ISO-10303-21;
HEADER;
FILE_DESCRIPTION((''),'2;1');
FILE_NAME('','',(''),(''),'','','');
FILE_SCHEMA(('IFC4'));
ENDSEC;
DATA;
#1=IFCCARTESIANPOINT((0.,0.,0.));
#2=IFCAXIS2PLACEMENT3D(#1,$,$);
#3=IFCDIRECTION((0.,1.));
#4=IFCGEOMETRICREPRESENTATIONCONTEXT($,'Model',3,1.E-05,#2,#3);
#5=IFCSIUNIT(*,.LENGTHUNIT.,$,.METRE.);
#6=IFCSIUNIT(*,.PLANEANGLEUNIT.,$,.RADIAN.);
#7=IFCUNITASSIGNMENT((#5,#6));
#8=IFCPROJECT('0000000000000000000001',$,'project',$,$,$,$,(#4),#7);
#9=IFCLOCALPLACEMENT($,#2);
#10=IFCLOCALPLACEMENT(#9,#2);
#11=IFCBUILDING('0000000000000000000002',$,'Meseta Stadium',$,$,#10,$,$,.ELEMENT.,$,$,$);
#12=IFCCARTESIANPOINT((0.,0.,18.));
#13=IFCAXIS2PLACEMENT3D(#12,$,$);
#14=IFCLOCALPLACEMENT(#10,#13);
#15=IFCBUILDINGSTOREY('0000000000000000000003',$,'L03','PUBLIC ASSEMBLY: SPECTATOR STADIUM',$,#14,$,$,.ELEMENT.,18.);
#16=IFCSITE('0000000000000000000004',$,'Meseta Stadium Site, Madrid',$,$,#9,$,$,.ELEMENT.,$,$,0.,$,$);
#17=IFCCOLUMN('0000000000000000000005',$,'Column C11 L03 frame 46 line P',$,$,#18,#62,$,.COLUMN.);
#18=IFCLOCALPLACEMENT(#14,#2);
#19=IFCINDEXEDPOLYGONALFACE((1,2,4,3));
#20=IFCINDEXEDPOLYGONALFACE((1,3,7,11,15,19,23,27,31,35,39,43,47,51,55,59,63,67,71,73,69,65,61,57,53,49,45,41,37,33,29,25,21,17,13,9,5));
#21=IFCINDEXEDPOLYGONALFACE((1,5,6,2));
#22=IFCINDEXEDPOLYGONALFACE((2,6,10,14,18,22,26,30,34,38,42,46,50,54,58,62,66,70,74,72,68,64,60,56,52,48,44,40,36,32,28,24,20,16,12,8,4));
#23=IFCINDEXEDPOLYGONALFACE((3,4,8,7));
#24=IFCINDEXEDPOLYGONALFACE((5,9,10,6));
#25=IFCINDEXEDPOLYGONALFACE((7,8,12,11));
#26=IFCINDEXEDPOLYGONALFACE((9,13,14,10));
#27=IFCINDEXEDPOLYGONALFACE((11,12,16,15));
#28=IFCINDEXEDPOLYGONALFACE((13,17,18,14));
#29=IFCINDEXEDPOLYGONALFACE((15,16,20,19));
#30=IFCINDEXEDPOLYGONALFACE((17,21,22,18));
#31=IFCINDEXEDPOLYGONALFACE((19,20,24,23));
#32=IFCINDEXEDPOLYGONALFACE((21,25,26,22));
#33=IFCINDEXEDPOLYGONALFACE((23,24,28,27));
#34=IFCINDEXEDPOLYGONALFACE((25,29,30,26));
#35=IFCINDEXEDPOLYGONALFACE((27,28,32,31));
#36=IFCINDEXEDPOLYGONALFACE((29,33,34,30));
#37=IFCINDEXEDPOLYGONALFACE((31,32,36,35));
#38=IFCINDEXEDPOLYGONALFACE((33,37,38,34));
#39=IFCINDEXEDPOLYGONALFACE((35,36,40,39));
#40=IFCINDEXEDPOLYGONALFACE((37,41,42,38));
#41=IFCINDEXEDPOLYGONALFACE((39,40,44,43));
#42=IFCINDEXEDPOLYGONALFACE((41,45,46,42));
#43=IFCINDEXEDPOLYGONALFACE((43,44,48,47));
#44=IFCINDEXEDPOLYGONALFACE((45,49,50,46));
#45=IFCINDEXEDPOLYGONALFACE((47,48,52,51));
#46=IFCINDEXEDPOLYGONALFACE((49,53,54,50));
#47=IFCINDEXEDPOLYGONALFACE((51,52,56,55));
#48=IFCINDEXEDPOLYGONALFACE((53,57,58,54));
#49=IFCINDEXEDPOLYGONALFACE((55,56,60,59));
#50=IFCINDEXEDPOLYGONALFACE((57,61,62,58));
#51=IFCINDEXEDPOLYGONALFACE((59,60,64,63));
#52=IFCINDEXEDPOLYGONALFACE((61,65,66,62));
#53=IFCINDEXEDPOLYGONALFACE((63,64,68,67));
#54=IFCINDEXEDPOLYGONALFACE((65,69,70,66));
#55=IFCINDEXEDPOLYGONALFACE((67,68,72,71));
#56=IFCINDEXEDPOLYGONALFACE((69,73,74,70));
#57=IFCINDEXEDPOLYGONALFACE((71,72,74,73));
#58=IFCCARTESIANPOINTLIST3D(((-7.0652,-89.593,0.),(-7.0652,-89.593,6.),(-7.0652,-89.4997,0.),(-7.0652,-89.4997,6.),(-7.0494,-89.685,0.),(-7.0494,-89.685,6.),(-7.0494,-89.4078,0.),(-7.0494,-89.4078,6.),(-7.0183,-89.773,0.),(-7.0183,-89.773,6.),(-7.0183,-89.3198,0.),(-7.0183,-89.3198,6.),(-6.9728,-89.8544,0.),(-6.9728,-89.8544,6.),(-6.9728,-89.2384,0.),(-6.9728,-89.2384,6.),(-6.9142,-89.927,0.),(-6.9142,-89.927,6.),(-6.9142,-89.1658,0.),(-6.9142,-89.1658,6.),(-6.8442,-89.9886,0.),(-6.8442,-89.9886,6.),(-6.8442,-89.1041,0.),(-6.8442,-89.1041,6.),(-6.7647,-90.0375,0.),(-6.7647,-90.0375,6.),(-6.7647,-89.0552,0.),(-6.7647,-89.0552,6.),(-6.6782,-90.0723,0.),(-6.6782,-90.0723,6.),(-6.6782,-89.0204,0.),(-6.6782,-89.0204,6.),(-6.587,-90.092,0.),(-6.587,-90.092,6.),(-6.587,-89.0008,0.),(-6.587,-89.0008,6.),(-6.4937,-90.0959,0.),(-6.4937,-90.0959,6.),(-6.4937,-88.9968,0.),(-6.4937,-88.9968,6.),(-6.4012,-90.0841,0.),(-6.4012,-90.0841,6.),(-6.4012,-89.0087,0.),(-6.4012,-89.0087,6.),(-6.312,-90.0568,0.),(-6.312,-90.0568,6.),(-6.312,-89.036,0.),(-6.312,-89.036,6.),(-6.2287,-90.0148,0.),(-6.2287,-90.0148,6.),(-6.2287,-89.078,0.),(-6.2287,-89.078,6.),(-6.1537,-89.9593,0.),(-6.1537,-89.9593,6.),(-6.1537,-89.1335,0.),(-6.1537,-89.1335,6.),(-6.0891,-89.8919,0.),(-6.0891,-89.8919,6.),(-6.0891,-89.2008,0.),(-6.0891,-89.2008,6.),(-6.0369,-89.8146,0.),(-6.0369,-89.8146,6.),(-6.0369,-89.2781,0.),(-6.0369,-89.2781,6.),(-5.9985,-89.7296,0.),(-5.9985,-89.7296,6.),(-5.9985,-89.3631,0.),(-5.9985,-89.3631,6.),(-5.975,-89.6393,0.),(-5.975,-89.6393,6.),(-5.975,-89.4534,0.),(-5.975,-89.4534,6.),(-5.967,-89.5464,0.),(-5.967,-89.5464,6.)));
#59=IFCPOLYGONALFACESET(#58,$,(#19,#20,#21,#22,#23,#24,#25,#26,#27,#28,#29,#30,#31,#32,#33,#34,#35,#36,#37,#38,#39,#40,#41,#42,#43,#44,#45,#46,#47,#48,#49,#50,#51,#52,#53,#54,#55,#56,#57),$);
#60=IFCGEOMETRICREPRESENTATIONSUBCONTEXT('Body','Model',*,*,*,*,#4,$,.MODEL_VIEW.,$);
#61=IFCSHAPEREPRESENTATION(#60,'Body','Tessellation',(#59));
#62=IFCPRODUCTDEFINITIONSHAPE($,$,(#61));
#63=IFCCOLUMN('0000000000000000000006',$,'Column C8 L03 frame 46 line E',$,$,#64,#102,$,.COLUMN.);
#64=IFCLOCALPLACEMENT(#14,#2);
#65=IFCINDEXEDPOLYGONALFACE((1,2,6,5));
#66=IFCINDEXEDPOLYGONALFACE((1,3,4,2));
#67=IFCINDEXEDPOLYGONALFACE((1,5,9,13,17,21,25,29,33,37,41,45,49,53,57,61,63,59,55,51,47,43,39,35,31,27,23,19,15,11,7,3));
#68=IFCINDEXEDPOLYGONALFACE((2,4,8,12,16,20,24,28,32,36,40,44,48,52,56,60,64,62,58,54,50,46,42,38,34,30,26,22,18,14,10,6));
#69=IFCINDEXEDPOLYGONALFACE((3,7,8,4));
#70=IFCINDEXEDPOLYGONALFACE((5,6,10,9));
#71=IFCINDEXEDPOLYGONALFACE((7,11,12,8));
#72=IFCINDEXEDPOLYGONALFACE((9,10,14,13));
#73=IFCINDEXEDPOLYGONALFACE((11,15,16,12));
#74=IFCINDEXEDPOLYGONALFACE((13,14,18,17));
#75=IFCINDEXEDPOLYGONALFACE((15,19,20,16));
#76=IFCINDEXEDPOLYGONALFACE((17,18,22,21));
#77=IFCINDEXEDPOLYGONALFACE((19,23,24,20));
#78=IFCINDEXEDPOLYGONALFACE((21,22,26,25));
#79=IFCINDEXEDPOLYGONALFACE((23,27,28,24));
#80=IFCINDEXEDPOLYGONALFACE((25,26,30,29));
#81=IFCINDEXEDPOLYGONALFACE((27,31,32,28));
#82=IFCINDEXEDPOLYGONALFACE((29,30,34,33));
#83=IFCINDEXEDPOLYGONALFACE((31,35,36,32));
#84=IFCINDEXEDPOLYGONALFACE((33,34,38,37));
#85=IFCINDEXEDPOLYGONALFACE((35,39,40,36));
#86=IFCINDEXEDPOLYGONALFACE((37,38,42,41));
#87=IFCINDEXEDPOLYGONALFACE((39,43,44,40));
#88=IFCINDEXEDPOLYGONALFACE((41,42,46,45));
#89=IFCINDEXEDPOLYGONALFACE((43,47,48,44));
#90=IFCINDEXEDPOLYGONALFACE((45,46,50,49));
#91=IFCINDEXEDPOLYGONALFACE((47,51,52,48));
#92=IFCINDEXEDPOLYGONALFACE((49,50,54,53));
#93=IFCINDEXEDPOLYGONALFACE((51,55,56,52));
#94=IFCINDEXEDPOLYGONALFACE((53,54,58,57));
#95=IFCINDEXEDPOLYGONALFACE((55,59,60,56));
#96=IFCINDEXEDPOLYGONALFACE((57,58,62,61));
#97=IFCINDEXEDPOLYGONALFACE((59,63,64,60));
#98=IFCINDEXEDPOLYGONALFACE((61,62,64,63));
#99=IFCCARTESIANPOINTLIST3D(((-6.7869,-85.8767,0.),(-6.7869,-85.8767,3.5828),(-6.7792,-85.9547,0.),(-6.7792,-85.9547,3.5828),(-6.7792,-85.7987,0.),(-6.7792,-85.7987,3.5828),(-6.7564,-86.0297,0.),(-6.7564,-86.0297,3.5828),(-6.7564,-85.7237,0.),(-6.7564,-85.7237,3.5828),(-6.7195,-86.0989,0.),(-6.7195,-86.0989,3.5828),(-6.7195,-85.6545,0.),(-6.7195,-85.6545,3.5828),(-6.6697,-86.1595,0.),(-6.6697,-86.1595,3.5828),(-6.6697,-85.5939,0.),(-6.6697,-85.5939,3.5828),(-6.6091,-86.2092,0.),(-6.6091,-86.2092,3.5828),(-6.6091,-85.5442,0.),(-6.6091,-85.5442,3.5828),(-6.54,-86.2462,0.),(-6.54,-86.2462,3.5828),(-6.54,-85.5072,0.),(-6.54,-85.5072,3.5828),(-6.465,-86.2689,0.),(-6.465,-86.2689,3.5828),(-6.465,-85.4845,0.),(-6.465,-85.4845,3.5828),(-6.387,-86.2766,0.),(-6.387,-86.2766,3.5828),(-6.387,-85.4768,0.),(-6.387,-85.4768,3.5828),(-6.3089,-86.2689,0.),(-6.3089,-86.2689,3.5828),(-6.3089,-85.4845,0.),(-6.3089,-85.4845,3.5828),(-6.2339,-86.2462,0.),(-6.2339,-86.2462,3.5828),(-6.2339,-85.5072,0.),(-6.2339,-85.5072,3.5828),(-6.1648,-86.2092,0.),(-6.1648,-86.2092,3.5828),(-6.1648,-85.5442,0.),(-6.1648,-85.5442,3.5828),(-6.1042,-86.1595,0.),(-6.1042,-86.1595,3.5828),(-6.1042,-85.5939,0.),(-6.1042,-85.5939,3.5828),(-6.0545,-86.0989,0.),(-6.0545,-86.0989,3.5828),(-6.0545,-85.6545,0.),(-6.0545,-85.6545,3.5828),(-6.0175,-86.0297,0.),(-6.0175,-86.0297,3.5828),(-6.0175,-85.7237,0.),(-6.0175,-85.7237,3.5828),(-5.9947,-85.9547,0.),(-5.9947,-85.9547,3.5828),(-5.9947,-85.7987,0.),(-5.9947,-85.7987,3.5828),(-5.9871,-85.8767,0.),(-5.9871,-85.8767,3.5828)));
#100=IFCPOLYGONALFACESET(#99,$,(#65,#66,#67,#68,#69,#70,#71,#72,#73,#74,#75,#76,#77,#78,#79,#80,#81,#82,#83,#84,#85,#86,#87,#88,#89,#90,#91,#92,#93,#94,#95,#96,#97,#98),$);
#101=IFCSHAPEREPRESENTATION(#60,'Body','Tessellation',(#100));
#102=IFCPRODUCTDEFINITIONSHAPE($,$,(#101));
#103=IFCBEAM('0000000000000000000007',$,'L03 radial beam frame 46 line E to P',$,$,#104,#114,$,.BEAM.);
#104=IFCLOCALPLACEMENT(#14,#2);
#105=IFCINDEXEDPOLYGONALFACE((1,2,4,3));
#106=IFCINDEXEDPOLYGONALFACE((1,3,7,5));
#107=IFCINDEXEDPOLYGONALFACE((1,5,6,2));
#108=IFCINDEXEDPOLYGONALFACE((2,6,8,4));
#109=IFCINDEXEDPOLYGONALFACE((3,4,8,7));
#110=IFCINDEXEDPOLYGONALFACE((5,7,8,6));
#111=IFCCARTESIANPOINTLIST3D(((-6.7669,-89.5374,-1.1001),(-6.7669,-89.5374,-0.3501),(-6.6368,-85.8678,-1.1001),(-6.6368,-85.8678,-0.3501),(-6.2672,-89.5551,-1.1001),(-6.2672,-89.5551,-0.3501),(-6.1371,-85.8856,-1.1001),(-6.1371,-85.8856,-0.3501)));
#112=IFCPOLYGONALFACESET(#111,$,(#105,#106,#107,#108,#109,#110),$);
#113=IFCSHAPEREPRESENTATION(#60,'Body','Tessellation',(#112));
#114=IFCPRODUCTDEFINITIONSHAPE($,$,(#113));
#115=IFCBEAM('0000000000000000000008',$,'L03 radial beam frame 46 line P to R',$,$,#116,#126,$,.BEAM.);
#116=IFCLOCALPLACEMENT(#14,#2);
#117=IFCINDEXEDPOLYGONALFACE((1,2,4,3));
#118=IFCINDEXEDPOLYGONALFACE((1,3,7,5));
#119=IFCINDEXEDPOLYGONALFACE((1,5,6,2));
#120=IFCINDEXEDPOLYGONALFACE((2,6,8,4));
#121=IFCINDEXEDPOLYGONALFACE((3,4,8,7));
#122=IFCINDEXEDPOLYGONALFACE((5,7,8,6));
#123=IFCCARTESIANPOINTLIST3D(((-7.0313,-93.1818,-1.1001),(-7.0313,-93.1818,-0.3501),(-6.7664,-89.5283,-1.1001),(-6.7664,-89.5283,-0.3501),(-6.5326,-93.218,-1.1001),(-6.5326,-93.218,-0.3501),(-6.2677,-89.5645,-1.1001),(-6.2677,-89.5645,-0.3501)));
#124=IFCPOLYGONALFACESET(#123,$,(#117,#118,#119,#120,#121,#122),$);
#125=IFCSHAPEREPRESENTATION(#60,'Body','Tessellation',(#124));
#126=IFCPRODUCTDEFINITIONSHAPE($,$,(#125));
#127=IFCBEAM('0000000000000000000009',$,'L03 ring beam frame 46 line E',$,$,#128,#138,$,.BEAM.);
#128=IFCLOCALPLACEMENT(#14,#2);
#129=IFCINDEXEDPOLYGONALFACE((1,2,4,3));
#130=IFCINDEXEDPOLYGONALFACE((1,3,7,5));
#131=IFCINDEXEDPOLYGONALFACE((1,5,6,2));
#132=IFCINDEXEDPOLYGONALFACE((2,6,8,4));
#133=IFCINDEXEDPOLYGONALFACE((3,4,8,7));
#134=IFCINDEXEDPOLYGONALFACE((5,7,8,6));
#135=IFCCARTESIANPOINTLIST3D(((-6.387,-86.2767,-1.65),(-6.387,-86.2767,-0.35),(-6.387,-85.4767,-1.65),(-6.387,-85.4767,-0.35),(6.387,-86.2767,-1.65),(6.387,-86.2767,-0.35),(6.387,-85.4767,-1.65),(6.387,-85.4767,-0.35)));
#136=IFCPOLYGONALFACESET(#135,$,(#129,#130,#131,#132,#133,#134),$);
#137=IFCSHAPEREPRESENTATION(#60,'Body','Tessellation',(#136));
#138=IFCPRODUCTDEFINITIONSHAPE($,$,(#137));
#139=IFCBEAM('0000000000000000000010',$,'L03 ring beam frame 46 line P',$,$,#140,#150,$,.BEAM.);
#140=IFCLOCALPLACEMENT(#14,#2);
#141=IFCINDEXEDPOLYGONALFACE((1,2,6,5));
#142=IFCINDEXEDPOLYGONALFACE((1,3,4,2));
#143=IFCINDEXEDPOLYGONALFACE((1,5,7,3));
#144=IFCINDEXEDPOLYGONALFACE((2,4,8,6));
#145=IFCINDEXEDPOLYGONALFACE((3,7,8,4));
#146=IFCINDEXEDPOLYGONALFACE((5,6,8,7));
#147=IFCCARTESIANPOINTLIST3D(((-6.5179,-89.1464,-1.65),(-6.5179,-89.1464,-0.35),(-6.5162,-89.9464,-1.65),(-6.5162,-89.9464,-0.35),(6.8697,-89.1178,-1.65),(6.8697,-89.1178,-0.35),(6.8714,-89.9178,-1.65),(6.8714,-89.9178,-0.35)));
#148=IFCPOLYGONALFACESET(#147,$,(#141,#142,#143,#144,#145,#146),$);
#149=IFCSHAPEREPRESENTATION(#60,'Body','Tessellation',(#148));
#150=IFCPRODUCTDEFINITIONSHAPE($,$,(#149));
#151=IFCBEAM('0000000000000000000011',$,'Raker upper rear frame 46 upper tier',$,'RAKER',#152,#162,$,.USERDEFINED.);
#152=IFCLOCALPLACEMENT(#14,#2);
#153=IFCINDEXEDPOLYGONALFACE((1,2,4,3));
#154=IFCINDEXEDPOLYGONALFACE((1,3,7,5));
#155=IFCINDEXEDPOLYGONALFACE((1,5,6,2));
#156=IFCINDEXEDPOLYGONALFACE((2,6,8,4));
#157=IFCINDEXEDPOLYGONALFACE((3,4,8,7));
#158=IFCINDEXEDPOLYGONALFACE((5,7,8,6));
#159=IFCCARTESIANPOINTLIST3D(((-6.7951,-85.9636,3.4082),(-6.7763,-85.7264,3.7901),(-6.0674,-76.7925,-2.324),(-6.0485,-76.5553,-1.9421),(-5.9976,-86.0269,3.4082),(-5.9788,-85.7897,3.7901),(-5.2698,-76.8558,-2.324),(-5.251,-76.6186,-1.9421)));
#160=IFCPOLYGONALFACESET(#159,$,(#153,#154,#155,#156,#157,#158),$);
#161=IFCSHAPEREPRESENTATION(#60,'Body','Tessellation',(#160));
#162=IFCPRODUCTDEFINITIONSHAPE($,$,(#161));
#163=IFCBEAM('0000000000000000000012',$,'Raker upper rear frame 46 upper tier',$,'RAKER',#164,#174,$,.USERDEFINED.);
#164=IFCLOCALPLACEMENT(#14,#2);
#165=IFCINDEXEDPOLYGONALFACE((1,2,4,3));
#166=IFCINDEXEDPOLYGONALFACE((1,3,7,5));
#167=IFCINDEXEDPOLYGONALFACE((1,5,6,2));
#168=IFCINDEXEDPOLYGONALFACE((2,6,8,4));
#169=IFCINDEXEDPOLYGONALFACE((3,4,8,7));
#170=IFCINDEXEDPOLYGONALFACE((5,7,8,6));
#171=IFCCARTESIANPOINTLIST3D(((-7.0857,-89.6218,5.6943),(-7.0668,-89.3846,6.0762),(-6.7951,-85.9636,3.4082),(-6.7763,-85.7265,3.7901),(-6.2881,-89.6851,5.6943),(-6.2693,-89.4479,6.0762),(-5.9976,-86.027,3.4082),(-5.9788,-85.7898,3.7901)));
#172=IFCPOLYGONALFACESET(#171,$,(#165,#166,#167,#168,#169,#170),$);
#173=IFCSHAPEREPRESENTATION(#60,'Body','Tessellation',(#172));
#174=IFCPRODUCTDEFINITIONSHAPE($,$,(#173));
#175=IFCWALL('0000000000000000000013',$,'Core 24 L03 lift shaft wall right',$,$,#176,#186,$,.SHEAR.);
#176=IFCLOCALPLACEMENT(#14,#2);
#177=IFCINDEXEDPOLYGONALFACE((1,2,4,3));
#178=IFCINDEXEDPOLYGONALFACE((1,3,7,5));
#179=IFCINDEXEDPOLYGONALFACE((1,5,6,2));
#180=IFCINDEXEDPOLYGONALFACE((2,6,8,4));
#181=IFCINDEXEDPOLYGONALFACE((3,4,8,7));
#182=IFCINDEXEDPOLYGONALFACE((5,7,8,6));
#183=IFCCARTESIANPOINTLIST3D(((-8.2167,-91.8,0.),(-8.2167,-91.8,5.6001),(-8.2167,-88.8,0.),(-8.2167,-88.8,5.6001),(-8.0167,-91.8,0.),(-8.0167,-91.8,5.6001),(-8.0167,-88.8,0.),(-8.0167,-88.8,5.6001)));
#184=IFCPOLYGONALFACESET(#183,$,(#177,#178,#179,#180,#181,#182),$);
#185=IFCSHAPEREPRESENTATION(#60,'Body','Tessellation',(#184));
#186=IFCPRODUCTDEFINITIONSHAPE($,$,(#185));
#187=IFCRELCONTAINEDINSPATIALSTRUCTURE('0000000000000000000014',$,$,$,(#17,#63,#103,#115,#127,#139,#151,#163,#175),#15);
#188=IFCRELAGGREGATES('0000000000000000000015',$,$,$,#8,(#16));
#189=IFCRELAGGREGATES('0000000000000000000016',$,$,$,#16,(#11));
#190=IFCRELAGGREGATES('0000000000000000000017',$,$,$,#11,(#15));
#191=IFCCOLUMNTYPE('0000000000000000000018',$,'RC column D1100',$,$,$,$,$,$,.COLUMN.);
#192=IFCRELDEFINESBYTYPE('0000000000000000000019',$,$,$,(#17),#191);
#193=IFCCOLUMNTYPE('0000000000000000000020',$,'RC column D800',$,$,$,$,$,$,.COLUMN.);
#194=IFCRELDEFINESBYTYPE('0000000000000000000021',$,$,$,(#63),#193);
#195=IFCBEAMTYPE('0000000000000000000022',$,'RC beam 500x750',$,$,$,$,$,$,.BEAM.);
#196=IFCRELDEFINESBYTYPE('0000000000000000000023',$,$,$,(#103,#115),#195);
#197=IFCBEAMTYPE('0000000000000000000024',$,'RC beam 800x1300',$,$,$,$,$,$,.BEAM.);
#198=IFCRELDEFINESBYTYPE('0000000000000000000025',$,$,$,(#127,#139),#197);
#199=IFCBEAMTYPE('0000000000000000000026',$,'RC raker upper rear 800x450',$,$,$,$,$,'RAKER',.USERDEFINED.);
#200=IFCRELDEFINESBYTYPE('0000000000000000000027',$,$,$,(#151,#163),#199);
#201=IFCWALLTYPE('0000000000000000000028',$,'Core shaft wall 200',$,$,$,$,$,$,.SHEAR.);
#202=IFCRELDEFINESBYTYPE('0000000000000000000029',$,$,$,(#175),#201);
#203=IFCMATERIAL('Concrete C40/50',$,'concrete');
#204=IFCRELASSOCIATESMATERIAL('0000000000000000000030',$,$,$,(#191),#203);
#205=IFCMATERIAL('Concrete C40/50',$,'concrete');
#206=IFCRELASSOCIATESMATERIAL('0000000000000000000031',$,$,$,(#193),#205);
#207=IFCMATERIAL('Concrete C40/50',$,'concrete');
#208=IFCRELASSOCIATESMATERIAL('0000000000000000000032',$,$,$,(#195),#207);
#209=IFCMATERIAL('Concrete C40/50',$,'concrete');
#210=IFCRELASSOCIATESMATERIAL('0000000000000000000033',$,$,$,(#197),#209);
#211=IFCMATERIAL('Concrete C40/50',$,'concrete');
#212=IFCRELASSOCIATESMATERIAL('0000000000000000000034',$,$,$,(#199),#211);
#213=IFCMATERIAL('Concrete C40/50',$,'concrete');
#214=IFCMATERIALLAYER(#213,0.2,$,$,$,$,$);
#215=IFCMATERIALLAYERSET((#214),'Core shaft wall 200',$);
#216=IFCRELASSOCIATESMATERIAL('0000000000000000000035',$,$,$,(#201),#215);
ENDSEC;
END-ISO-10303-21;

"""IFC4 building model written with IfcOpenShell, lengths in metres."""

from ifc_helpers import new_model, si_unit, direction, frame, frame_2d, origin, origin_2d, place, context, subcontext, project, spatial, rectangle, circle, extrude, material, layer, layer_set, material_profile, profile_set, type_object, element, save


model = new_model("IFC4")

# Units and contexts
model_context = context("Model", 3, precision=1e-05, world=origin(), true_north=direction((0.0, 1.0)))
body_context = subcontext(model_context, "Body", "Model", "MODEL_VIEW")
ifc_project = project(units=[si_unit("LENGTHUNIT", "METRE"), si_unit("PLANEANGLEUNIT", "RADIAN")], contexts=[model_context])

# Site, building, storey
site_placement = place(None, origin())
site = spatial("IfcSite", under=ifc_project, at=site_placement, Name="Meseta Stadium Site, Madrid", CompositionType="ELEMENT", RefElevation=0.0)
building_placement = place(site_placement, origin())
building = spatial("IfcBuilding", under=site, at=building_placement, Name="Meseta Stadium", CompositionType="ELEMENT")
storey_placement = place(building_placement, frame((0.0, 0.0, 18.0)))
storey = spatial("IfcBuildingStorey", under=building, at=storey_placement, Name="L03", Description="PUBLIC ASSEMBLY: SPECTATOR STADIUM", CompositionType="ELEMENT", Elevation=18.0)

# Columns
ifc_material_1 = material(Name="Concrete C40/50", Category="concrete")
ifc_material_profile_1 = material_profile(ifc_material_1, circle(Radius=0.55, at=origin_2d()), Name="RC D1100")
ifc_profile_set_1 = profile_set([ifc_material_profile_1], Name="Concrete C40/50")
column_type_1 = type_object("IfcColumnType", Name="RC column D1100", PredefinedType="COLUMN", material=ifc_profile_set_1)
column_1_placement = place(storey_placement, frame((-6.5171, -89.5464, 0.0), z_axis=(0.0, 0.0, 1.0), x_axis=(1.0, 0.0, 0.0)))
element("IfcColumn", 1, at=column_1_placement, inside=storey, type_object=column_type_1, Name="Column C11 L03 frame 46 line P", PredefinedType="COLUMN", context=body_context, shape_type="SweptSolid", body=[
    extrude(circle(Radius=0.55, at=origin_2d()), origin(), (0.0, 0.0, 1.0), 6.0),
])
ifc_material_2 = material(Name="Concrete C40/50", Category="concrete")
ifc_material_profile_2 = material_profile(ifc_material_2, circle(Radius=0.3999, at=origin_2d()), Name="RC D800")
ifc_profile_set_2 = profile_set([ifc_material_profile_2], Name="Concrete C40/50")
column_type_2 = type_object("IfcColumnType", Name="RC column D800", PredefinedType="COLUMN", material=ifc_profile_set_2)
column_2_placement = place(storey_placement, frame((-6.387, -85.8767, 0.0), z_axis=(0.0, 0.0, 1.0), x_axis=(1.0, 0.0, 0.0)))
element("IfcColumn", 2, at=column_2_placement, inside=storey, type_object=column_type_2, Name="Column C8 L03 frame 46 line E", PredefinedType="COLUMN", context=body_context, shape_type="SweptSolid", body=[
    extrude(circle(Radius=0.3999, at=origin_2d()), origin(), (0.0, 0.0, 1.0), 3.5828),
])

# Beams
ifc_material_3 = material(Name="Concrete C40/50", Category="concrete")
ifc_material_profile_3 = material_profile(ifc_material_3, rectangle(XDim=0.5, YDim=0.75, at=origin_2d()), Name="RC 500x750")
ifc_profile_set_3 = profile_set([ifc_material_profile_3], Name="Concrete C40/50")
beam_type_1 = type_object("IfcBeamType", Name="RC beam 500x750", PredefinedType="BEAM", material=ifc_profile_set_3)
beam_1_placement = place(storey_placement, frame((-6.387, -85.8767, -0.7251), z_axis=(-0.035438, -0.999372, 0.0), x_axis=(0.999372, -0.035438, 0.0)))
element("IfcBeam", 3, at=beam_1_placement, inside=storey, type_object=beam_type_1, Name="L03 radial beam frame 46 line E to P", PredefinedType="BEAM", context=body_context, shape_type="SweptSolid", body=[
    extrude(rectangle(XDim=0.5, YDim=0.75, at=origin_2d()), origin(), (0.0, 0.0, 1.0), 3.6719),
])
beam_2_placement = place(storey_placement, frame((-6.5171, -89.5464, -0.7251), z_axis=(-0.072313, -0.997382, 0.0), x_axis=(0.997382, -0.072313, 0.0)))
element("IfcBeam", 4, at=beam_2_placement, inside=storey, type_object=beam_type_1, Name="L03 radial beam frame 46 line P to R", PredefinedType="BEAM", context=body_context, shape_type="SweptSolid", body=[
    extrude(rectangle(XDim=0.5, YDim=0.75, at=origin_2d()), origin(), (0.0, 0.0, 1.0), 3.6631),
])
ifc_material_4 = material(Name="Concrete C40/50", Category="concrete")
ifc_material_profile_4 = material_profile(ifc_material_4, rectangle(XDim=0.8, YDim=1.3, at=origin_2d()), Name="RC 800x1300")
ifc_profile_set_4 = profile_set([ifc_material_profile_4], Name="Concrete C40/50")
beam_type_2 = type_object("IfcBeamType", Name="RC beam 800x1300", PredefinedType="BEAM", material=ifc_profile_set_4)
beam_3_placement = place(storey_placement, frame((-6.387, -85.8767, -1.0), z_axis=(1.0, 0.0, 0.0), x_axis=(0.0, 1.0, 0.0)))
element("IfcBeam", 5, at=beam_3_placement, inside=storey, type_object=beam_type_2, Name="L03 ring beam frame 46 line E", PredefinedType="BEAM", context=body_context, shape_type="SweptSolid", body=[
    extrude(rectangle(XDim=0.8, YDim=1.3, at=origin_2d()), origin(), (0.0, 0.0, 1.0), 12.7739),
])
beam_4_placement = place(storey_placement, frame((-6.5171, -89.5464, -1.0), z_axis=(0.999998, 0.002134, 0.0), x_axis=(-0.002134, 0.999998, 0.0)))
element("IfcBeam", 6, at=beam_4_placement, inside=storey, type_object=beam_type_2, Name="L03 ring beam frame 46 line P", PredefinedType="BEAM", context=body_context, shape_type="SweptSolid", body=[
    extrude(rectangle(XDim=0.8, YDim=1.3, at=origin_2d()), origin(), (0.0, 0.0, 1.0), 13.3877),
])
ifc_material_5 = material(Name="Concrete C40/50", Category="concrete")
ifc_material_profile_5 = material_profile(ifc_material_5, rectangle(XDim=0.8, YDim=0.45, at=origin_2d()), Name="RC 800x450")
ifc_profile_set_5 = profile_set([ifc_material_profile_5], Name="Concrete C40/50")
beam_type_3 = type_object("IfcBeamType", Name="RC raker upper rear 800x450", ElementType="RAKER", PredefinedType="USERDEFINED", material=ifc_profile_set_5)
beam_5_placement = place(storey_placement, frame((-5.6592, -76.7056, -2.1331), z_axis=(-0.067141, -0.846076, 0.528817), x_axis=(0.996866, -0.079107, 0.0)))
element("IfcBeam", 7, at=beam_5_placement, inside=storey, type_object=beam_type_3, Name="Raker upper rear frame 46 upper tier", ObjectType="RAKER", PredefinedType="USERDEFINED", context=body_context, shape_type="SweptSolid", body=[
    extrude(rectangle(XDim=0.8, YDim=0.45, at=origin_2d()), origin(), (0.0, 0.0, 1.0), 10.8396),
])
beam_6_placement = place(storey_placement, frame((-6.387, -85.8767, 3.5991), z_axis=(-0.067196, -0.846107, 0.52876), x_axis=(0.996861, -0.079169, 0.0)))
element("IfcBeam", 8, at=beam_6_placement, inside=storey, type_object=beam_type_3, Name="Raker upper rear frame 46 upper tier", ObjectType="RAKER", PredefinedType="USERDEFINED", context=body_context, shape_type="SweptSolid", body=[
    extrude(rectangle(XDim=0.8, YDim=0.45, at=origin_2d()), origin(), (0.0, 0.0, 1.0), 4.3235),
])

# Wall
ifc_material_6 = material(Name="Concrete C40/50", Category="concrete")
ifc_layer_1 = layer(ifc_material_6, 0.2)
ifc_layer_set_1 = layer_set([ifc_layer_1], Name="Core shaft wall 200")
wall_type_1 = type_object("IfcWallType", Name="Core shaft wall 200", PredefinedType="SHEAR", material=ifc_layer_set_1)
wall_1_placement = place(storey_placement, frame((-8.1167, -91.8, 0.0), z_axis=(0.0, 0.0, 1.0), x_axis=(0.0, 1.0, 0.0)))
element("IfcWall", 9, at=wall_1_placement, inside=storey, type_object=wall_type_1, Name="Core 24 L03 lift shaft wall right", PredefinedType="SHEAR", context=body_context, shape_type="SweptSolid", body=[
    extrude(rectangle(XDim=3.0, YDim=0.2, at=frame_2d((1.5, 0.0))), origin(), (0.0, 0.0, 1.0), 5.6001),
])

save(model, "model.ifc")
